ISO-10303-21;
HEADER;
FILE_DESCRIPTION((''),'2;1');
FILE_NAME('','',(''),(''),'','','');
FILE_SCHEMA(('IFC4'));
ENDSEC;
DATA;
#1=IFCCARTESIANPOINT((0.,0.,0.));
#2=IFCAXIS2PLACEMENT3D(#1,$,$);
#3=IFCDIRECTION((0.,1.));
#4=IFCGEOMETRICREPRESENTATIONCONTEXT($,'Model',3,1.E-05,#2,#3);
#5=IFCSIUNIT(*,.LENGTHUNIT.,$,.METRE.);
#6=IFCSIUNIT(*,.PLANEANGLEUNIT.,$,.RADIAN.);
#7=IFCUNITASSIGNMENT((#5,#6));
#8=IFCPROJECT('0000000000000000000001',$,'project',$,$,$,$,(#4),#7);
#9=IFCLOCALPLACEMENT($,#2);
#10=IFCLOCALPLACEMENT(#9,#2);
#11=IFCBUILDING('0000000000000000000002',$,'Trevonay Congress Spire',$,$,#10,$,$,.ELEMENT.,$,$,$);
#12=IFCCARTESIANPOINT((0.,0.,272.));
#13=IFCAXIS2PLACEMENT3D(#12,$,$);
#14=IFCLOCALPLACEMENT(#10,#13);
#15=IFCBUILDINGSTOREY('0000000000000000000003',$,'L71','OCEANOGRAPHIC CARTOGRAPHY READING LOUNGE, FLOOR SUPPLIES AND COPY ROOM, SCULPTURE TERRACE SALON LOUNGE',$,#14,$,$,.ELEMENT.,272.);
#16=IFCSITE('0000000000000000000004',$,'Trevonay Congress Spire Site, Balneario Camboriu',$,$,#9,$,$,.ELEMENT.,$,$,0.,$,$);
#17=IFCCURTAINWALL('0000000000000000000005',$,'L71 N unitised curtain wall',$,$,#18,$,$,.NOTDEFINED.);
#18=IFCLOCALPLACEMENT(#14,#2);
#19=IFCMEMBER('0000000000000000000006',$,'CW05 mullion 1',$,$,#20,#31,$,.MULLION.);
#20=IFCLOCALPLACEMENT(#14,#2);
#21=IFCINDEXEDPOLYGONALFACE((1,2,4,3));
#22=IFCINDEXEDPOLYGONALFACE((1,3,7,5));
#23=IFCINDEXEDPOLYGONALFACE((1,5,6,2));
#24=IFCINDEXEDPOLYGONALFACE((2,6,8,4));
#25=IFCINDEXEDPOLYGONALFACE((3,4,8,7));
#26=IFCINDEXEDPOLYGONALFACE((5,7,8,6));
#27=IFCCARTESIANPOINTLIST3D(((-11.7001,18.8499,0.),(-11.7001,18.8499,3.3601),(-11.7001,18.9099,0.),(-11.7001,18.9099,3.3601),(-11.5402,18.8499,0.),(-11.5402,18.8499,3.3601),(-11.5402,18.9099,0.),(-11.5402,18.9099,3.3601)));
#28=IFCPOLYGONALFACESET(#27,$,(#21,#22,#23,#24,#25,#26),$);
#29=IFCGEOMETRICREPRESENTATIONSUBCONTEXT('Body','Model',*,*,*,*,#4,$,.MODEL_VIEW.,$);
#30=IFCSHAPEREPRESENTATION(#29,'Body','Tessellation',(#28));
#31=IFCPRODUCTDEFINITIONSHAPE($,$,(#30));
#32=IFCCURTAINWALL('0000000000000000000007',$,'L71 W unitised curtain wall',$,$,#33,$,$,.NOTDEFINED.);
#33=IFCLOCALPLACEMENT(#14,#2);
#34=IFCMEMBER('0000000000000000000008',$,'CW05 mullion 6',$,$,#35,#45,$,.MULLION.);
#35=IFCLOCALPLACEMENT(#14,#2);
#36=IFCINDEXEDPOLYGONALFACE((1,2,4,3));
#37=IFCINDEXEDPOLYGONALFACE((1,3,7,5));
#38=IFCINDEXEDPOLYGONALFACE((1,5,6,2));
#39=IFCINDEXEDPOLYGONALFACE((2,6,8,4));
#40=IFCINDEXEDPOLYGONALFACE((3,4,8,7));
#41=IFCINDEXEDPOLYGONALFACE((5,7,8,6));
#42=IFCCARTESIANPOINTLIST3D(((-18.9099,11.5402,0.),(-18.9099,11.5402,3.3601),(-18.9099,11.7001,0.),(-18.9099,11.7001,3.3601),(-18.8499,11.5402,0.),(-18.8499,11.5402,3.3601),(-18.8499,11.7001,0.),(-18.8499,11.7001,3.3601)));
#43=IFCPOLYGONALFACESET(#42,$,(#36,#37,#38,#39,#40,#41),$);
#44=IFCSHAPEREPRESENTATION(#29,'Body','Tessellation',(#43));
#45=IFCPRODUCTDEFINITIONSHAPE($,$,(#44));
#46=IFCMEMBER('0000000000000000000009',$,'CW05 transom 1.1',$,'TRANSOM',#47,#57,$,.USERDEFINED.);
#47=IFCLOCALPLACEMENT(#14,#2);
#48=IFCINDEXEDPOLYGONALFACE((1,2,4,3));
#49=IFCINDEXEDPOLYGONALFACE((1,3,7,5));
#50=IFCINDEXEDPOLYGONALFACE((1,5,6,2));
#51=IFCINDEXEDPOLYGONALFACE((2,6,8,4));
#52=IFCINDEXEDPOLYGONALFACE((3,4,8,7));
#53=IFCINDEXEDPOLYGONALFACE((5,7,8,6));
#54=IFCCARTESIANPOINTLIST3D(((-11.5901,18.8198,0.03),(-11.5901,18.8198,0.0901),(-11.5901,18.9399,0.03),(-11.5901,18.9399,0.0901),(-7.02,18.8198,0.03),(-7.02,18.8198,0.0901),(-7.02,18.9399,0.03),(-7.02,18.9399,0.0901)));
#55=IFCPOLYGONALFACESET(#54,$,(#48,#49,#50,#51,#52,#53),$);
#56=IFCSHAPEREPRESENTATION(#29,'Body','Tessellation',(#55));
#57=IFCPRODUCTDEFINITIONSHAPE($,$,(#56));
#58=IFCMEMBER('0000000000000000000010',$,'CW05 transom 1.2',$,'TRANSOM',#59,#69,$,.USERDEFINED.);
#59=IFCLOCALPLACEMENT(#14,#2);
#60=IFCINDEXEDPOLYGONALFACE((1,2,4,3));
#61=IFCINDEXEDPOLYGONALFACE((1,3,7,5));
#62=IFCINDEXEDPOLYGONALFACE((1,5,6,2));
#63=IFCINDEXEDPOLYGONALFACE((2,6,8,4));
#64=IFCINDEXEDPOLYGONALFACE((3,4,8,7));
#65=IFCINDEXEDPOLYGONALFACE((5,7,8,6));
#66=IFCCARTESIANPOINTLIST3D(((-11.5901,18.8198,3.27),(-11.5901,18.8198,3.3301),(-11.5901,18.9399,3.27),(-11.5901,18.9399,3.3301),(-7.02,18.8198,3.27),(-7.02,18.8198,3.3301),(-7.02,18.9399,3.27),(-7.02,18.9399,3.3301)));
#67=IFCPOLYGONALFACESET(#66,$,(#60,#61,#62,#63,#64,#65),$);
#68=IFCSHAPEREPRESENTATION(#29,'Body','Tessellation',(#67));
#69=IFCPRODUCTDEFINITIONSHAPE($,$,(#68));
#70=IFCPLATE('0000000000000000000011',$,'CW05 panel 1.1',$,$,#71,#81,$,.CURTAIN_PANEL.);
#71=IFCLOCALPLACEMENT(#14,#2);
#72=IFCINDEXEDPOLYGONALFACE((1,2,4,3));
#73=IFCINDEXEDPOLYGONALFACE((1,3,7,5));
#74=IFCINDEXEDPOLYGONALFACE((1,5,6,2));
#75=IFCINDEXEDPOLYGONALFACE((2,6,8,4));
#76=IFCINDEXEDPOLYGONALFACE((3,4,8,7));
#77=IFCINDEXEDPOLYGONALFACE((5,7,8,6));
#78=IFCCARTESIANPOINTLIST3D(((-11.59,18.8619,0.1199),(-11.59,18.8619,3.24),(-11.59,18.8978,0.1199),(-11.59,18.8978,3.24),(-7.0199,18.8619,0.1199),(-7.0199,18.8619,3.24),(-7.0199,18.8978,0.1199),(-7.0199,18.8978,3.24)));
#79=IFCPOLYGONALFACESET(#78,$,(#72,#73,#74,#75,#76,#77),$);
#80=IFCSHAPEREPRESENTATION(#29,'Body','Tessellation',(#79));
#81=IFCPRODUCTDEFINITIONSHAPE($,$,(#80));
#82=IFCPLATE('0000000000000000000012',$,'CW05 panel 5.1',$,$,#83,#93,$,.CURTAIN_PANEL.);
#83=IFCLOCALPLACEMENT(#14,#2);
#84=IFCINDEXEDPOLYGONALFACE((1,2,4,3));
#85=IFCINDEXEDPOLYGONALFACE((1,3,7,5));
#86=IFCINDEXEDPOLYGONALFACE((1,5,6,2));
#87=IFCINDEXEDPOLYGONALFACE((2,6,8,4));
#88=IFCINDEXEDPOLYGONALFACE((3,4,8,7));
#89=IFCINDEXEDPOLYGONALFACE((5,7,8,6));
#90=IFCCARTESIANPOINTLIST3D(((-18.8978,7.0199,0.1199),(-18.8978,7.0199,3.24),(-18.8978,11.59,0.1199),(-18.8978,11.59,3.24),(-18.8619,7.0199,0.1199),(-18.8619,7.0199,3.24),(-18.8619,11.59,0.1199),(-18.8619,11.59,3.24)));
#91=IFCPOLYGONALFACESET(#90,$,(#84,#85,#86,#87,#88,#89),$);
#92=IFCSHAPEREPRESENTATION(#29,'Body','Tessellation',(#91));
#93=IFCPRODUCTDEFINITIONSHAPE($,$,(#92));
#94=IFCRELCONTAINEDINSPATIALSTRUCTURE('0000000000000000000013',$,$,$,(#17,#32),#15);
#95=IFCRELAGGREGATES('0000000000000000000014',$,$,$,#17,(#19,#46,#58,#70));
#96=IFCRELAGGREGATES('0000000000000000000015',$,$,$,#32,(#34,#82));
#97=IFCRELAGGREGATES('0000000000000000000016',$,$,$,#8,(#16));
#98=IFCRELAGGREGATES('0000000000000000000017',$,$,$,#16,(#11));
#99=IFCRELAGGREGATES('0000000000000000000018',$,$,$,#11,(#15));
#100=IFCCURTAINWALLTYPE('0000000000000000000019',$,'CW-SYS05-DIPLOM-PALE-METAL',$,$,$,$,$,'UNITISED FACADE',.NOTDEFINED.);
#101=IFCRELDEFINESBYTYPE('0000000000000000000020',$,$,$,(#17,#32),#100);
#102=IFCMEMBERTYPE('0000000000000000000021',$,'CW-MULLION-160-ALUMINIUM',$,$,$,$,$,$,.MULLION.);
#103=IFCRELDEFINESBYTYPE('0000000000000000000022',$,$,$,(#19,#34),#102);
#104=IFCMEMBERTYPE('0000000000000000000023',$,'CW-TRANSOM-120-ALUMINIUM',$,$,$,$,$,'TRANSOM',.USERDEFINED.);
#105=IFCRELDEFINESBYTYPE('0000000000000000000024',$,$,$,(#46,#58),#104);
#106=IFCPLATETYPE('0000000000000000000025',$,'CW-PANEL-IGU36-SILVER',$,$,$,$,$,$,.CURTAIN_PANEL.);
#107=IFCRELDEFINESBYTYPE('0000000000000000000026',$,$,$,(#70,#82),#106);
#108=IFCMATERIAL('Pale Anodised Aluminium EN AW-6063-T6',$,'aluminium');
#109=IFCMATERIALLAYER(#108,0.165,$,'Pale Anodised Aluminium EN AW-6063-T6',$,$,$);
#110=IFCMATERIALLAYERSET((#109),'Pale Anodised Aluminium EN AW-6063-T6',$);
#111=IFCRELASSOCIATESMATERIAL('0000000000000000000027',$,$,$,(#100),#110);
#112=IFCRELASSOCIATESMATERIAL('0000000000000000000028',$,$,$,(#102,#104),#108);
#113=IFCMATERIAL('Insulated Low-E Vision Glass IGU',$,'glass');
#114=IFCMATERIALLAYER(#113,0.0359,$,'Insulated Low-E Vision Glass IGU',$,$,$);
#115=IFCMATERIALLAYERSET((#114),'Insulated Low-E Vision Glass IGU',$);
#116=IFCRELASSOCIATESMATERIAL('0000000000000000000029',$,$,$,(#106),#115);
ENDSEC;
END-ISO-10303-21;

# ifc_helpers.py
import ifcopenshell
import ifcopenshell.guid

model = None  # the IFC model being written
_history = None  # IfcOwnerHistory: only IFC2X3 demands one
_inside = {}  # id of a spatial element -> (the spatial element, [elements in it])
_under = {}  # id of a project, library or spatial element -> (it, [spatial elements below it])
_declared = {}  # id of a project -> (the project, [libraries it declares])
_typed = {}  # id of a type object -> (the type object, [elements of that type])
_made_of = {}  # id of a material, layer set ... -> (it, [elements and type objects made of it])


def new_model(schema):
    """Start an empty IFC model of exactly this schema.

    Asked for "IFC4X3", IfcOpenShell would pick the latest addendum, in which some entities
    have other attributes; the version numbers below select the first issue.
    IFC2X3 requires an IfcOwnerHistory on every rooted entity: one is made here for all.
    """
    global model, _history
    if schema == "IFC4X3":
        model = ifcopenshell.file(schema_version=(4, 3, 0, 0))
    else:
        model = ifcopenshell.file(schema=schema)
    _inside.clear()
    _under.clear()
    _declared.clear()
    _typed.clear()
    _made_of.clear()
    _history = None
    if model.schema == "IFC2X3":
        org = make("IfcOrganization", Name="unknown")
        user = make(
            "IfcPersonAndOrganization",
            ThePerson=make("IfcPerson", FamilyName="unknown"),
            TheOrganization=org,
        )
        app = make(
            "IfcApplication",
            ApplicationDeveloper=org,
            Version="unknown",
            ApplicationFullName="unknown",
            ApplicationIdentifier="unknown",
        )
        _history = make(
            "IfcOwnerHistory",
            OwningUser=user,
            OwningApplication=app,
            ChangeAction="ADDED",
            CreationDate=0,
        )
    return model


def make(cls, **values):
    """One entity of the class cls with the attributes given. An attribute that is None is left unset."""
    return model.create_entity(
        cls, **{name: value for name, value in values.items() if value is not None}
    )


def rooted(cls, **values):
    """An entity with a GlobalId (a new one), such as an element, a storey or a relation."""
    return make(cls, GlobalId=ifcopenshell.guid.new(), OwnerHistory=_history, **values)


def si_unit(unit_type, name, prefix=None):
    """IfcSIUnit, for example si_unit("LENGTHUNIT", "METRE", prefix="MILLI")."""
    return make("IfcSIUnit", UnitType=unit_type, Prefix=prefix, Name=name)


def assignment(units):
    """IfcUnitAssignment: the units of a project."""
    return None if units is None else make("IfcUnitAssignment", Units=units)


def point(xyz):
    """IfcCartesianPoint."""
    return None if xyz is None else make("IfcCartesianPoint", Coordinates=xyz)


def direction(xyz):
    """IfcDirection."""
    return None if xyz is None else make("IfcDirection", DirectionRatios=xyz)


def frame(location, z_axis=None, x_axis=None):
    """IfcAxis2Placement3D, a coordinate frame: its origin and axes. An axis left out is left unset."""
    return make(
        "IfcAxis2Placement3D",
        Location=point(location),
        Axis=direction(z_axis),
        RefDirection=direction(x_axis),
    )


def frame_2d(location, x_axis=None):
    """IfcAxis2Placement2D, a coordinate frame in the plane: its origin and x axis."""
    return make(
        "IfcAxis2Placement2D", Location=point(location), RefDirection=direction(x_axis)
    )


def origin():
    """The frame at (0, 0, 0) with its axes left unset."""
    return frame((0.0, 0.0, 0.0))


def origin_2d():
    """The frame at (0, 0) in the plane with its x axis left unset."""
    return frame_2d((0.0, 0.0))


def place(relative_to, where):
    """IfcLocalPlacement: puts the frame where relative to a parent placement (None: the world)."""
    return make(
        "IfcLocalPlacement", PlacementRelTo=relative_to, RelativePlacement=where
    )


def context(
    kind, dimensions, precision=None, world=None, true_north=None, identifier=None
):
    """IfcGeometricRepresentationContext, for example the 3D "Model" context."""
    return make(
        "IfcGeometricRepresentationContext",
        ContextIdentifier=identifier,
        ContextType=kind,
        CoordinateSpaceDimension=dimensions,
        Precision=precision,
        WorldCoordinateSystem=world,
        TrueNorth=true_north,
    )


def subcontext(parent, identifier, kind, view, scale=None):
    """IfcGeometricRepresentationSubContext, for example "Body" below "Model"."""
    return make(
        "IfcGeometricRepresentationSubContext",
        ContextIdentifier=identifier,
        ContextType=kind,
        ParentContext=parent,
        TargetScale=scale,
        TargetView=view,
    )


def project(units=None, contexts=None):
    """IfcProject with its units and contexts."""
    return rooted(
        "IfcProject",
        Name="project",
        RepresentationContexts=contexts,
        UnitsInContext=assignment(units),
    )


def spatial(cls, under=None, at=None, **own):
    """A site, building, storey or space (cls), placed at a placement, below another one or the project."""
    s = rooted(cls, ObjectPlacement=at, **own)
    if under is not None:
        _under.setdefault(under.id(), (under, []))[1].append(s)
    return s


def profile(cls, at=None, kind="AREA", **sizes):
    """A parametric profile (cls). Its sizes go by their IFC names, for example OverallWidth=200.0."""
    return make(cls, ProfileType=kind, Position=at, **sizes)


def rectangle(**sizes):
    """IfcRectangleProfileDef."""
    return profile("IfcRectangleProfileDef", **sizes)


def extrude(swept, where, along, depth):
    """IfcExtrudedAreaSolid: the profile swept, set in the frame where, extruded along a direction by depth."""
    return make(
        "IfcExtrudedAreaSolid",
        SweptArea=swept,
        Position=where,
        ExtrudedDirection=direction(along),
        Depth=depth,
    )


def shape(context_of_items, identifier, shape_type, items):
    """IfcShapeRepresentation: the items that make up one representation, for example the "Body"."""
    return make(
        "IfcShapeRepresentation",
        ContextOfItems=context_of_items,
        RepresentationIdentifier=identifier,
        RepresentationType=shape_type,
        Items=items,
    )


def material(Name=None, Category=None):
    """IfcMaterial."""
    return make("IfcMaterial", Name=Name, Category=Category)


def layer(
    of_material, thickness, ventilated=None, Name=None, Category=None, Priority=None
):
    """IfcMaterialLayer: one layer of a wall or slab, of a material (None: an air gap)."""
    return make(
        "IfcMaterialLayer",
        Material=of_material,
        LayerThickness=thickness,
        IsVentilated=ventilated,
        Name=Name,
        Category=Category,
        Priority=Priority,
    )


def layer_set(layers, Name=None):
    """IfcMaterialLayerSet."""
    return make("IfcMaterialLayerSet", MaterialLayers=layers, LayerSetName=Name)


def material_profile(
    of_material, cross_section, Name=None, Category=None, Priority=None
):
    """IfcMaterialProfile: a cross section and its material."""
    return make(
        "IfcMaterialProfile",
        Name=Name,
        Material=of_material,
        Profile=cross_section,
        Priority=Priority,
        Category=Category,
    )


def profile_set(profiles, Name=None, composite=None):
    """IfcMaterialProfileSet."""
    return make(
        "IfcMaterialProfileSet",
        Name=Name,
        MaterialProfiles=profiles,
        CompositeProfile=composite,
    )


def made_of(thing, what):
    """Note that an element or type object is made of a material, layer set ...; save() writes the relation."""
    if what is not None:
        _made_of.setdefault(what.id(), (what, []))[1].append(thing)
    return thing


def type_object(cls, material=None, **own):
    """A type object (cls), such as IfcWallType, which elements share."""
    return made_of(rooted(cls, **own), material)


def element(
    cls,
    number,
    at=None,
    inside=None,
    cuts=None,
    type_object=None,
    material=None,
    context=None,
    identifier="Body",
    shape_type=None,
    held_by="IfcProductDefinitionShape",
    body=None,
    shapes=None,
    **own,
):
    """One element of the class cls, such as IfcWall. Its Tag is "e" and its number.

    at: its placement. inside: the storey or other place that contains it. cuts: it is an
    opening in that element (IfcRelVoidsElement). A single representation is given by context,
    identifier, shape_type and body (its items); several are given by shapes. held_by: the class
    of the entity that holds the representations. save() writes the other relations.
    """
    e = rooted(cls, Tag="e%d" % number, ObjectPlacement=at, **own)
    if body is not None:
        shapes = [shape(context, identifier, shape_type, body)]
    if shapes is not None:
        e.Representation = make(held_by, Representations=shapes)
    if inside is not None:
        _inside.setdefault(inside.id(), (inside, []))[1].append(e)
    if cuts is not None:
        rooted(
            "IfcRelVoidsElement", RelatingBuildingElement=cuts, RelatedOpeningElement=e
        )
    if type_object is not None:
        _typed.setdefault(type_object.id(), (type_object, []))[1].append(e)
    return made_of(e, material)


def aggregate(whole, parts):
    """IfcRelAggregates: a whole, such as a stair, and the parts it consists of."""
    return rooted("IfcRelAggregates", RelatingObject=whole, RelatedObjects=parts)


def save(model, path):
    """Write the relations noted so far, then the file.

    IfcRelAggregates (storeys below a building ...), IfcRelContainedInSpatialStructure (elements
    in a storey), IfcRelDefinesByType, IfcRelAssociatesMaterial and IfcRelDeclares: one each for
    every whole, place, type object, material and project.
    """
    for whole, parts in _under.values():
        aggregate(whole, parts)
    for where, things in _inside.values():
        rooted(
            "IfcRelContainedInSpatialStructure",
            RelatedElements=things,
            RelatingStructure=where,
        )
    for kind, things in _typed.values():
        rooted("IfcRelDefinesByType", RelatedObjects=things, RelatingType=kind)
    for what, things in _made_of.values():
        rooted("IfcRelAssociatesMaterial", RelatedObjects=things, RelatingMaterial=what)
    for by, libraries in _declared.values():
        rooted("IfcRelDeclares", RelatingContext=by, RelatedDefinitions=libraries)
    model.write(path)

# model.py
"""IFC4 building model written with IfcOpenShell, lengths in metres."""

from ifc_helpers import new_model, si_unit, direction, frame, origin, origin_2d, place, context, subcontext, project, spatial, rectangle, extrude, material, layer, layer_set, material_profile, profile_set, type_object, element, aggregate, save


model = new_model("IFC4")

# Units and contexts
model_context = context("Model", 3, precision=1e-05, world=origin(), true_north=direction((0.0, 1.0)))
body_context = subcontext(model_context, "Body", "Model", "MODEL_VIEW")
ifc_project = project(units=[si_unit("LENGTHUNIT", "METRE"), si_unit("PLANEANGLEUNIT", "RADIAN")], contexts=[model_context])

# Site, building, storey
site_placement = place(None, origin())
site = spatial("IfcSite", under=ifc_project, at=site_placement, Name="Trevonay Congress Spire Site, Balneario Camboriu", CompositionType="ELEMENT", RefElevation=0.0)
building_placement = place(site_placement, origin())
building = spatial("IfcBuilding", under=site, at=building_placement, Name="Trevonay Congress Spire", CompositionType="ELEMENT")
storey_placement = place(building_placement, frame((0.0, 0.0, 272.0)))
storey = spatial("IfcBuildingStorey", under=building, at=storey_placement, Name="L71", Description="OCEANOGRAPHIC CARTOGRAPHY READING LOUNGE, FLOOR SUPPLIES AND COPY ROOM, SCULPTURE TERRACE SALON LOUNGE", CompositionType="ELEMENT", Elevation=272.0)

# Curtain walls, members
ifc_material_1 = material(Name="Pale Anodised Aluminium EN AW-6063-T6", Category="aluminium")
ifc_layer_1 = layer(ifc_material_1, 0.165, Name="Pale Anodised Aluminium EN AW-6063-T6")
ifc_layer_set_1 = layer_set([ifc_layer_1], Name="Pale Anodised Aluminium EN AW-6063-T6")
curtain_wall_type = type_object("IfcCurtainWallType", Name="CW-SYS05-DIPLOM-PALE-METAL", ElementType="UNITISED FACADE", PredefinedType="NOTDEFINED", material=ifc_layer_set_1)
curtain_wall_1_placement = place(storey_placement, origin())
curtain_wall_1 = element("IfcCurtainWall", 1, at=curtain_wall_1_placement, inside=storey, type_object=curtain_wall_type, Name="L71 N unitised curtain wall", PredefinedType="NOTDEFINED")
ifc_material_profile_1 = material_profile(ifc_material_1, rectangle(XDim=0.0601, YDim=0.1599, at=origin_2d()), Name="CW-MULLION-160-ALUMINIUM")
ifc_profile_set_1 = profile_set([ifc_material_profile_1], Name="Pale Anodised Aluminium EN AW-6063-T6")
member_type_1 = type_object("IfcMemberType", Name="CW-MULLION-160-ALUMINIUM", PredefinedType="MULLION", material=ifc_profile_set_1)
member_1_placement = place(storey_placement, frame((-11.6201, 18.8799, 0.0), z_axis=(0.0, 0.0, 1.0), x_axis=(0.0, 1.0, 0.0)))
member_1 = element("IfcMember", 2, at=member_1_placement, type_object=member_type_1, Name="CW05 mullion 1", PredefinedType="MULLION", context=body_context, shape_type="SweptSolid", body=[
    extrude(rectangle(XDim=0.0601, YDim=0.1599, at=origin_2d()), origin(), (0.0, 0.0, 1.0), 3.3601),
])
curtain_wall_2_placement = place(storey_placement, origin())
curtain_wall_2 = element("IfcCurtainWall", 3, at=curtain_wall_2_placement, inside=storey, type_object=curtain_wall_type, Name="L71 W unitised curtain wall", PredefinedType="NOTDEFINED")
member_2_placement = place(storey_placement, frame((-18.8799, 11.6201, 0.0), z_axis=(0.0, 0.0, 1.0), x_axis=(-1.0, 0.0, 0.0)))
member_2 = element("IfcMember", 4, at=member_2_placement, type_object=member_type_1, Name="CW05 mullion 6", PredefinedType="MULLION", context=body_context, shape_type="SweptSolid", body=[
    extrude(rectangle(XDim=0.0601, YDim=0.1599, at=origin_2d()), origin(), (0.0, 0.0, 1.0), 3.3601),
])

# Members
ifc_material_profile_2 = material_profile(ifc_material_1, rectangle(XDim=0.1201, YDim=0.0601, at=origin_2d()), Name="CW-TRANSOM-120-ALUMINIUM")
ifc_profile_set_2 = profile_set([ifc_material_profile_2], Name="Pale Anodised Aluminium EN AW-6063-T6")
member_type_2 = type_object("IfcMemberType", Name="CW-TRANSOM-120-ALUMINIUM", ElementType="TRANSOM", PredefinedType="USERDEFINED", material=ifc_profile_set_2)
member_3_placement = place(storey_placement, frame((-11.5901, 18.8799, 0.0601), z_axis=(1.0, 0.0, 0.0), x_axis=(0.0, 1.0, 0.0)))
member_3 = element("IfcMember", 5, at=member_3_placement, type_object=member_type_2, Name="CW05 transom 1.1", ObjectType="TRANSOM", PredefinedType="USERDEFINED", context=body_context, shape_type="SweptSolid", body=[
    extrude(rectangle(XDim=0.1201, YDim=0.0601, at=origin_2d()), origin(), (0.0, 0.0, 1.0), 4.5701),
])
member_4_placement = place(storey_placement, frame((-11.5901, 18.8799, 3.3), z_axis=(1.0, 0.0, 0.0), x_axis=(0.0, 1.0, 0.0)))
member_4 = element("IfcMember", 6, at=member_4_placement, type_object=member_type_2, Name="CW05 transom 1.2", ObjectType="TRANSOM", PredefinedType="USERDEFINED", context=body_context, shape_type="SweptSolid", body=[
    extrude(rectangle(XDim=0.1201, YDim=0.0601, at=origin_2d()), origin(), (0.0, 0.0, 1.0), 4.5701),
])

# Plates
ifc_material_2 = material(Name="Insulated Low-E Vision Glass IGU", Category="glass")
ifc_layer_2 = layer(ifc_material_2, 0.0359, Name="Insulated Low-E Vision Glass IGU")
ifc_layer_set_2 = layer_set([ifc_layer_2], Name="Insulated Low-E Vision Glass IGU")
plate_type = type_object("IfcPlateType", Name="CW-PANEL-IGU36-SILVER", PredefinedType="CURTAIN_PANEL", material=ifc_layer_set_2)
plate_1_placement = place(storey_placement, frame((-9.3049, 18.8799, 0.1199), z_axis=(0.0, 0.0, 1.0), x_axis=(1.0, 0.0, 0.0)))
plate_1 = element("IfcPlate", 7, at=plate_1_placement, type_object=plate_type, Name="CW05 panel 1.1", PredefinedType="CURTAIN_PANEL", context=body_context, shape_type="SweptSolid", body=[
    extrude(rectangle(XDim=4.5701, YDim=0.0359, at=origin_2d()), origin(), (0.0, 0.0, 1.0), 3.1201),
])
aggregate(curtain_wall_1, [member_1, member_3, member_4, plate_1])
plate_2_placement = place(storey_placement, frame((-18.8799, 9.3049, 0.1199), z_axis=(0.0, 0.0, 1.0), x_axis=(0.0, 1.0, 0.0)))
plate_2 = element("IfcPlate", 8, at=plate_2_placement, type_object=plate_type, Name="CW05 panel 5.1", PredefinedType="CURTAIN_PANEL", context=body_context, shape_type="SweptSolid", body=[
    extrude(rectangle(XDim=4.5701, YDim=0.0359, at=origin_2d()), origin(), (0.0, 0.0, 1.0), 3.1201),
])
aggregate(curtain_wall_2, [member_2, plate_2])

save(model, "model.ifc")
